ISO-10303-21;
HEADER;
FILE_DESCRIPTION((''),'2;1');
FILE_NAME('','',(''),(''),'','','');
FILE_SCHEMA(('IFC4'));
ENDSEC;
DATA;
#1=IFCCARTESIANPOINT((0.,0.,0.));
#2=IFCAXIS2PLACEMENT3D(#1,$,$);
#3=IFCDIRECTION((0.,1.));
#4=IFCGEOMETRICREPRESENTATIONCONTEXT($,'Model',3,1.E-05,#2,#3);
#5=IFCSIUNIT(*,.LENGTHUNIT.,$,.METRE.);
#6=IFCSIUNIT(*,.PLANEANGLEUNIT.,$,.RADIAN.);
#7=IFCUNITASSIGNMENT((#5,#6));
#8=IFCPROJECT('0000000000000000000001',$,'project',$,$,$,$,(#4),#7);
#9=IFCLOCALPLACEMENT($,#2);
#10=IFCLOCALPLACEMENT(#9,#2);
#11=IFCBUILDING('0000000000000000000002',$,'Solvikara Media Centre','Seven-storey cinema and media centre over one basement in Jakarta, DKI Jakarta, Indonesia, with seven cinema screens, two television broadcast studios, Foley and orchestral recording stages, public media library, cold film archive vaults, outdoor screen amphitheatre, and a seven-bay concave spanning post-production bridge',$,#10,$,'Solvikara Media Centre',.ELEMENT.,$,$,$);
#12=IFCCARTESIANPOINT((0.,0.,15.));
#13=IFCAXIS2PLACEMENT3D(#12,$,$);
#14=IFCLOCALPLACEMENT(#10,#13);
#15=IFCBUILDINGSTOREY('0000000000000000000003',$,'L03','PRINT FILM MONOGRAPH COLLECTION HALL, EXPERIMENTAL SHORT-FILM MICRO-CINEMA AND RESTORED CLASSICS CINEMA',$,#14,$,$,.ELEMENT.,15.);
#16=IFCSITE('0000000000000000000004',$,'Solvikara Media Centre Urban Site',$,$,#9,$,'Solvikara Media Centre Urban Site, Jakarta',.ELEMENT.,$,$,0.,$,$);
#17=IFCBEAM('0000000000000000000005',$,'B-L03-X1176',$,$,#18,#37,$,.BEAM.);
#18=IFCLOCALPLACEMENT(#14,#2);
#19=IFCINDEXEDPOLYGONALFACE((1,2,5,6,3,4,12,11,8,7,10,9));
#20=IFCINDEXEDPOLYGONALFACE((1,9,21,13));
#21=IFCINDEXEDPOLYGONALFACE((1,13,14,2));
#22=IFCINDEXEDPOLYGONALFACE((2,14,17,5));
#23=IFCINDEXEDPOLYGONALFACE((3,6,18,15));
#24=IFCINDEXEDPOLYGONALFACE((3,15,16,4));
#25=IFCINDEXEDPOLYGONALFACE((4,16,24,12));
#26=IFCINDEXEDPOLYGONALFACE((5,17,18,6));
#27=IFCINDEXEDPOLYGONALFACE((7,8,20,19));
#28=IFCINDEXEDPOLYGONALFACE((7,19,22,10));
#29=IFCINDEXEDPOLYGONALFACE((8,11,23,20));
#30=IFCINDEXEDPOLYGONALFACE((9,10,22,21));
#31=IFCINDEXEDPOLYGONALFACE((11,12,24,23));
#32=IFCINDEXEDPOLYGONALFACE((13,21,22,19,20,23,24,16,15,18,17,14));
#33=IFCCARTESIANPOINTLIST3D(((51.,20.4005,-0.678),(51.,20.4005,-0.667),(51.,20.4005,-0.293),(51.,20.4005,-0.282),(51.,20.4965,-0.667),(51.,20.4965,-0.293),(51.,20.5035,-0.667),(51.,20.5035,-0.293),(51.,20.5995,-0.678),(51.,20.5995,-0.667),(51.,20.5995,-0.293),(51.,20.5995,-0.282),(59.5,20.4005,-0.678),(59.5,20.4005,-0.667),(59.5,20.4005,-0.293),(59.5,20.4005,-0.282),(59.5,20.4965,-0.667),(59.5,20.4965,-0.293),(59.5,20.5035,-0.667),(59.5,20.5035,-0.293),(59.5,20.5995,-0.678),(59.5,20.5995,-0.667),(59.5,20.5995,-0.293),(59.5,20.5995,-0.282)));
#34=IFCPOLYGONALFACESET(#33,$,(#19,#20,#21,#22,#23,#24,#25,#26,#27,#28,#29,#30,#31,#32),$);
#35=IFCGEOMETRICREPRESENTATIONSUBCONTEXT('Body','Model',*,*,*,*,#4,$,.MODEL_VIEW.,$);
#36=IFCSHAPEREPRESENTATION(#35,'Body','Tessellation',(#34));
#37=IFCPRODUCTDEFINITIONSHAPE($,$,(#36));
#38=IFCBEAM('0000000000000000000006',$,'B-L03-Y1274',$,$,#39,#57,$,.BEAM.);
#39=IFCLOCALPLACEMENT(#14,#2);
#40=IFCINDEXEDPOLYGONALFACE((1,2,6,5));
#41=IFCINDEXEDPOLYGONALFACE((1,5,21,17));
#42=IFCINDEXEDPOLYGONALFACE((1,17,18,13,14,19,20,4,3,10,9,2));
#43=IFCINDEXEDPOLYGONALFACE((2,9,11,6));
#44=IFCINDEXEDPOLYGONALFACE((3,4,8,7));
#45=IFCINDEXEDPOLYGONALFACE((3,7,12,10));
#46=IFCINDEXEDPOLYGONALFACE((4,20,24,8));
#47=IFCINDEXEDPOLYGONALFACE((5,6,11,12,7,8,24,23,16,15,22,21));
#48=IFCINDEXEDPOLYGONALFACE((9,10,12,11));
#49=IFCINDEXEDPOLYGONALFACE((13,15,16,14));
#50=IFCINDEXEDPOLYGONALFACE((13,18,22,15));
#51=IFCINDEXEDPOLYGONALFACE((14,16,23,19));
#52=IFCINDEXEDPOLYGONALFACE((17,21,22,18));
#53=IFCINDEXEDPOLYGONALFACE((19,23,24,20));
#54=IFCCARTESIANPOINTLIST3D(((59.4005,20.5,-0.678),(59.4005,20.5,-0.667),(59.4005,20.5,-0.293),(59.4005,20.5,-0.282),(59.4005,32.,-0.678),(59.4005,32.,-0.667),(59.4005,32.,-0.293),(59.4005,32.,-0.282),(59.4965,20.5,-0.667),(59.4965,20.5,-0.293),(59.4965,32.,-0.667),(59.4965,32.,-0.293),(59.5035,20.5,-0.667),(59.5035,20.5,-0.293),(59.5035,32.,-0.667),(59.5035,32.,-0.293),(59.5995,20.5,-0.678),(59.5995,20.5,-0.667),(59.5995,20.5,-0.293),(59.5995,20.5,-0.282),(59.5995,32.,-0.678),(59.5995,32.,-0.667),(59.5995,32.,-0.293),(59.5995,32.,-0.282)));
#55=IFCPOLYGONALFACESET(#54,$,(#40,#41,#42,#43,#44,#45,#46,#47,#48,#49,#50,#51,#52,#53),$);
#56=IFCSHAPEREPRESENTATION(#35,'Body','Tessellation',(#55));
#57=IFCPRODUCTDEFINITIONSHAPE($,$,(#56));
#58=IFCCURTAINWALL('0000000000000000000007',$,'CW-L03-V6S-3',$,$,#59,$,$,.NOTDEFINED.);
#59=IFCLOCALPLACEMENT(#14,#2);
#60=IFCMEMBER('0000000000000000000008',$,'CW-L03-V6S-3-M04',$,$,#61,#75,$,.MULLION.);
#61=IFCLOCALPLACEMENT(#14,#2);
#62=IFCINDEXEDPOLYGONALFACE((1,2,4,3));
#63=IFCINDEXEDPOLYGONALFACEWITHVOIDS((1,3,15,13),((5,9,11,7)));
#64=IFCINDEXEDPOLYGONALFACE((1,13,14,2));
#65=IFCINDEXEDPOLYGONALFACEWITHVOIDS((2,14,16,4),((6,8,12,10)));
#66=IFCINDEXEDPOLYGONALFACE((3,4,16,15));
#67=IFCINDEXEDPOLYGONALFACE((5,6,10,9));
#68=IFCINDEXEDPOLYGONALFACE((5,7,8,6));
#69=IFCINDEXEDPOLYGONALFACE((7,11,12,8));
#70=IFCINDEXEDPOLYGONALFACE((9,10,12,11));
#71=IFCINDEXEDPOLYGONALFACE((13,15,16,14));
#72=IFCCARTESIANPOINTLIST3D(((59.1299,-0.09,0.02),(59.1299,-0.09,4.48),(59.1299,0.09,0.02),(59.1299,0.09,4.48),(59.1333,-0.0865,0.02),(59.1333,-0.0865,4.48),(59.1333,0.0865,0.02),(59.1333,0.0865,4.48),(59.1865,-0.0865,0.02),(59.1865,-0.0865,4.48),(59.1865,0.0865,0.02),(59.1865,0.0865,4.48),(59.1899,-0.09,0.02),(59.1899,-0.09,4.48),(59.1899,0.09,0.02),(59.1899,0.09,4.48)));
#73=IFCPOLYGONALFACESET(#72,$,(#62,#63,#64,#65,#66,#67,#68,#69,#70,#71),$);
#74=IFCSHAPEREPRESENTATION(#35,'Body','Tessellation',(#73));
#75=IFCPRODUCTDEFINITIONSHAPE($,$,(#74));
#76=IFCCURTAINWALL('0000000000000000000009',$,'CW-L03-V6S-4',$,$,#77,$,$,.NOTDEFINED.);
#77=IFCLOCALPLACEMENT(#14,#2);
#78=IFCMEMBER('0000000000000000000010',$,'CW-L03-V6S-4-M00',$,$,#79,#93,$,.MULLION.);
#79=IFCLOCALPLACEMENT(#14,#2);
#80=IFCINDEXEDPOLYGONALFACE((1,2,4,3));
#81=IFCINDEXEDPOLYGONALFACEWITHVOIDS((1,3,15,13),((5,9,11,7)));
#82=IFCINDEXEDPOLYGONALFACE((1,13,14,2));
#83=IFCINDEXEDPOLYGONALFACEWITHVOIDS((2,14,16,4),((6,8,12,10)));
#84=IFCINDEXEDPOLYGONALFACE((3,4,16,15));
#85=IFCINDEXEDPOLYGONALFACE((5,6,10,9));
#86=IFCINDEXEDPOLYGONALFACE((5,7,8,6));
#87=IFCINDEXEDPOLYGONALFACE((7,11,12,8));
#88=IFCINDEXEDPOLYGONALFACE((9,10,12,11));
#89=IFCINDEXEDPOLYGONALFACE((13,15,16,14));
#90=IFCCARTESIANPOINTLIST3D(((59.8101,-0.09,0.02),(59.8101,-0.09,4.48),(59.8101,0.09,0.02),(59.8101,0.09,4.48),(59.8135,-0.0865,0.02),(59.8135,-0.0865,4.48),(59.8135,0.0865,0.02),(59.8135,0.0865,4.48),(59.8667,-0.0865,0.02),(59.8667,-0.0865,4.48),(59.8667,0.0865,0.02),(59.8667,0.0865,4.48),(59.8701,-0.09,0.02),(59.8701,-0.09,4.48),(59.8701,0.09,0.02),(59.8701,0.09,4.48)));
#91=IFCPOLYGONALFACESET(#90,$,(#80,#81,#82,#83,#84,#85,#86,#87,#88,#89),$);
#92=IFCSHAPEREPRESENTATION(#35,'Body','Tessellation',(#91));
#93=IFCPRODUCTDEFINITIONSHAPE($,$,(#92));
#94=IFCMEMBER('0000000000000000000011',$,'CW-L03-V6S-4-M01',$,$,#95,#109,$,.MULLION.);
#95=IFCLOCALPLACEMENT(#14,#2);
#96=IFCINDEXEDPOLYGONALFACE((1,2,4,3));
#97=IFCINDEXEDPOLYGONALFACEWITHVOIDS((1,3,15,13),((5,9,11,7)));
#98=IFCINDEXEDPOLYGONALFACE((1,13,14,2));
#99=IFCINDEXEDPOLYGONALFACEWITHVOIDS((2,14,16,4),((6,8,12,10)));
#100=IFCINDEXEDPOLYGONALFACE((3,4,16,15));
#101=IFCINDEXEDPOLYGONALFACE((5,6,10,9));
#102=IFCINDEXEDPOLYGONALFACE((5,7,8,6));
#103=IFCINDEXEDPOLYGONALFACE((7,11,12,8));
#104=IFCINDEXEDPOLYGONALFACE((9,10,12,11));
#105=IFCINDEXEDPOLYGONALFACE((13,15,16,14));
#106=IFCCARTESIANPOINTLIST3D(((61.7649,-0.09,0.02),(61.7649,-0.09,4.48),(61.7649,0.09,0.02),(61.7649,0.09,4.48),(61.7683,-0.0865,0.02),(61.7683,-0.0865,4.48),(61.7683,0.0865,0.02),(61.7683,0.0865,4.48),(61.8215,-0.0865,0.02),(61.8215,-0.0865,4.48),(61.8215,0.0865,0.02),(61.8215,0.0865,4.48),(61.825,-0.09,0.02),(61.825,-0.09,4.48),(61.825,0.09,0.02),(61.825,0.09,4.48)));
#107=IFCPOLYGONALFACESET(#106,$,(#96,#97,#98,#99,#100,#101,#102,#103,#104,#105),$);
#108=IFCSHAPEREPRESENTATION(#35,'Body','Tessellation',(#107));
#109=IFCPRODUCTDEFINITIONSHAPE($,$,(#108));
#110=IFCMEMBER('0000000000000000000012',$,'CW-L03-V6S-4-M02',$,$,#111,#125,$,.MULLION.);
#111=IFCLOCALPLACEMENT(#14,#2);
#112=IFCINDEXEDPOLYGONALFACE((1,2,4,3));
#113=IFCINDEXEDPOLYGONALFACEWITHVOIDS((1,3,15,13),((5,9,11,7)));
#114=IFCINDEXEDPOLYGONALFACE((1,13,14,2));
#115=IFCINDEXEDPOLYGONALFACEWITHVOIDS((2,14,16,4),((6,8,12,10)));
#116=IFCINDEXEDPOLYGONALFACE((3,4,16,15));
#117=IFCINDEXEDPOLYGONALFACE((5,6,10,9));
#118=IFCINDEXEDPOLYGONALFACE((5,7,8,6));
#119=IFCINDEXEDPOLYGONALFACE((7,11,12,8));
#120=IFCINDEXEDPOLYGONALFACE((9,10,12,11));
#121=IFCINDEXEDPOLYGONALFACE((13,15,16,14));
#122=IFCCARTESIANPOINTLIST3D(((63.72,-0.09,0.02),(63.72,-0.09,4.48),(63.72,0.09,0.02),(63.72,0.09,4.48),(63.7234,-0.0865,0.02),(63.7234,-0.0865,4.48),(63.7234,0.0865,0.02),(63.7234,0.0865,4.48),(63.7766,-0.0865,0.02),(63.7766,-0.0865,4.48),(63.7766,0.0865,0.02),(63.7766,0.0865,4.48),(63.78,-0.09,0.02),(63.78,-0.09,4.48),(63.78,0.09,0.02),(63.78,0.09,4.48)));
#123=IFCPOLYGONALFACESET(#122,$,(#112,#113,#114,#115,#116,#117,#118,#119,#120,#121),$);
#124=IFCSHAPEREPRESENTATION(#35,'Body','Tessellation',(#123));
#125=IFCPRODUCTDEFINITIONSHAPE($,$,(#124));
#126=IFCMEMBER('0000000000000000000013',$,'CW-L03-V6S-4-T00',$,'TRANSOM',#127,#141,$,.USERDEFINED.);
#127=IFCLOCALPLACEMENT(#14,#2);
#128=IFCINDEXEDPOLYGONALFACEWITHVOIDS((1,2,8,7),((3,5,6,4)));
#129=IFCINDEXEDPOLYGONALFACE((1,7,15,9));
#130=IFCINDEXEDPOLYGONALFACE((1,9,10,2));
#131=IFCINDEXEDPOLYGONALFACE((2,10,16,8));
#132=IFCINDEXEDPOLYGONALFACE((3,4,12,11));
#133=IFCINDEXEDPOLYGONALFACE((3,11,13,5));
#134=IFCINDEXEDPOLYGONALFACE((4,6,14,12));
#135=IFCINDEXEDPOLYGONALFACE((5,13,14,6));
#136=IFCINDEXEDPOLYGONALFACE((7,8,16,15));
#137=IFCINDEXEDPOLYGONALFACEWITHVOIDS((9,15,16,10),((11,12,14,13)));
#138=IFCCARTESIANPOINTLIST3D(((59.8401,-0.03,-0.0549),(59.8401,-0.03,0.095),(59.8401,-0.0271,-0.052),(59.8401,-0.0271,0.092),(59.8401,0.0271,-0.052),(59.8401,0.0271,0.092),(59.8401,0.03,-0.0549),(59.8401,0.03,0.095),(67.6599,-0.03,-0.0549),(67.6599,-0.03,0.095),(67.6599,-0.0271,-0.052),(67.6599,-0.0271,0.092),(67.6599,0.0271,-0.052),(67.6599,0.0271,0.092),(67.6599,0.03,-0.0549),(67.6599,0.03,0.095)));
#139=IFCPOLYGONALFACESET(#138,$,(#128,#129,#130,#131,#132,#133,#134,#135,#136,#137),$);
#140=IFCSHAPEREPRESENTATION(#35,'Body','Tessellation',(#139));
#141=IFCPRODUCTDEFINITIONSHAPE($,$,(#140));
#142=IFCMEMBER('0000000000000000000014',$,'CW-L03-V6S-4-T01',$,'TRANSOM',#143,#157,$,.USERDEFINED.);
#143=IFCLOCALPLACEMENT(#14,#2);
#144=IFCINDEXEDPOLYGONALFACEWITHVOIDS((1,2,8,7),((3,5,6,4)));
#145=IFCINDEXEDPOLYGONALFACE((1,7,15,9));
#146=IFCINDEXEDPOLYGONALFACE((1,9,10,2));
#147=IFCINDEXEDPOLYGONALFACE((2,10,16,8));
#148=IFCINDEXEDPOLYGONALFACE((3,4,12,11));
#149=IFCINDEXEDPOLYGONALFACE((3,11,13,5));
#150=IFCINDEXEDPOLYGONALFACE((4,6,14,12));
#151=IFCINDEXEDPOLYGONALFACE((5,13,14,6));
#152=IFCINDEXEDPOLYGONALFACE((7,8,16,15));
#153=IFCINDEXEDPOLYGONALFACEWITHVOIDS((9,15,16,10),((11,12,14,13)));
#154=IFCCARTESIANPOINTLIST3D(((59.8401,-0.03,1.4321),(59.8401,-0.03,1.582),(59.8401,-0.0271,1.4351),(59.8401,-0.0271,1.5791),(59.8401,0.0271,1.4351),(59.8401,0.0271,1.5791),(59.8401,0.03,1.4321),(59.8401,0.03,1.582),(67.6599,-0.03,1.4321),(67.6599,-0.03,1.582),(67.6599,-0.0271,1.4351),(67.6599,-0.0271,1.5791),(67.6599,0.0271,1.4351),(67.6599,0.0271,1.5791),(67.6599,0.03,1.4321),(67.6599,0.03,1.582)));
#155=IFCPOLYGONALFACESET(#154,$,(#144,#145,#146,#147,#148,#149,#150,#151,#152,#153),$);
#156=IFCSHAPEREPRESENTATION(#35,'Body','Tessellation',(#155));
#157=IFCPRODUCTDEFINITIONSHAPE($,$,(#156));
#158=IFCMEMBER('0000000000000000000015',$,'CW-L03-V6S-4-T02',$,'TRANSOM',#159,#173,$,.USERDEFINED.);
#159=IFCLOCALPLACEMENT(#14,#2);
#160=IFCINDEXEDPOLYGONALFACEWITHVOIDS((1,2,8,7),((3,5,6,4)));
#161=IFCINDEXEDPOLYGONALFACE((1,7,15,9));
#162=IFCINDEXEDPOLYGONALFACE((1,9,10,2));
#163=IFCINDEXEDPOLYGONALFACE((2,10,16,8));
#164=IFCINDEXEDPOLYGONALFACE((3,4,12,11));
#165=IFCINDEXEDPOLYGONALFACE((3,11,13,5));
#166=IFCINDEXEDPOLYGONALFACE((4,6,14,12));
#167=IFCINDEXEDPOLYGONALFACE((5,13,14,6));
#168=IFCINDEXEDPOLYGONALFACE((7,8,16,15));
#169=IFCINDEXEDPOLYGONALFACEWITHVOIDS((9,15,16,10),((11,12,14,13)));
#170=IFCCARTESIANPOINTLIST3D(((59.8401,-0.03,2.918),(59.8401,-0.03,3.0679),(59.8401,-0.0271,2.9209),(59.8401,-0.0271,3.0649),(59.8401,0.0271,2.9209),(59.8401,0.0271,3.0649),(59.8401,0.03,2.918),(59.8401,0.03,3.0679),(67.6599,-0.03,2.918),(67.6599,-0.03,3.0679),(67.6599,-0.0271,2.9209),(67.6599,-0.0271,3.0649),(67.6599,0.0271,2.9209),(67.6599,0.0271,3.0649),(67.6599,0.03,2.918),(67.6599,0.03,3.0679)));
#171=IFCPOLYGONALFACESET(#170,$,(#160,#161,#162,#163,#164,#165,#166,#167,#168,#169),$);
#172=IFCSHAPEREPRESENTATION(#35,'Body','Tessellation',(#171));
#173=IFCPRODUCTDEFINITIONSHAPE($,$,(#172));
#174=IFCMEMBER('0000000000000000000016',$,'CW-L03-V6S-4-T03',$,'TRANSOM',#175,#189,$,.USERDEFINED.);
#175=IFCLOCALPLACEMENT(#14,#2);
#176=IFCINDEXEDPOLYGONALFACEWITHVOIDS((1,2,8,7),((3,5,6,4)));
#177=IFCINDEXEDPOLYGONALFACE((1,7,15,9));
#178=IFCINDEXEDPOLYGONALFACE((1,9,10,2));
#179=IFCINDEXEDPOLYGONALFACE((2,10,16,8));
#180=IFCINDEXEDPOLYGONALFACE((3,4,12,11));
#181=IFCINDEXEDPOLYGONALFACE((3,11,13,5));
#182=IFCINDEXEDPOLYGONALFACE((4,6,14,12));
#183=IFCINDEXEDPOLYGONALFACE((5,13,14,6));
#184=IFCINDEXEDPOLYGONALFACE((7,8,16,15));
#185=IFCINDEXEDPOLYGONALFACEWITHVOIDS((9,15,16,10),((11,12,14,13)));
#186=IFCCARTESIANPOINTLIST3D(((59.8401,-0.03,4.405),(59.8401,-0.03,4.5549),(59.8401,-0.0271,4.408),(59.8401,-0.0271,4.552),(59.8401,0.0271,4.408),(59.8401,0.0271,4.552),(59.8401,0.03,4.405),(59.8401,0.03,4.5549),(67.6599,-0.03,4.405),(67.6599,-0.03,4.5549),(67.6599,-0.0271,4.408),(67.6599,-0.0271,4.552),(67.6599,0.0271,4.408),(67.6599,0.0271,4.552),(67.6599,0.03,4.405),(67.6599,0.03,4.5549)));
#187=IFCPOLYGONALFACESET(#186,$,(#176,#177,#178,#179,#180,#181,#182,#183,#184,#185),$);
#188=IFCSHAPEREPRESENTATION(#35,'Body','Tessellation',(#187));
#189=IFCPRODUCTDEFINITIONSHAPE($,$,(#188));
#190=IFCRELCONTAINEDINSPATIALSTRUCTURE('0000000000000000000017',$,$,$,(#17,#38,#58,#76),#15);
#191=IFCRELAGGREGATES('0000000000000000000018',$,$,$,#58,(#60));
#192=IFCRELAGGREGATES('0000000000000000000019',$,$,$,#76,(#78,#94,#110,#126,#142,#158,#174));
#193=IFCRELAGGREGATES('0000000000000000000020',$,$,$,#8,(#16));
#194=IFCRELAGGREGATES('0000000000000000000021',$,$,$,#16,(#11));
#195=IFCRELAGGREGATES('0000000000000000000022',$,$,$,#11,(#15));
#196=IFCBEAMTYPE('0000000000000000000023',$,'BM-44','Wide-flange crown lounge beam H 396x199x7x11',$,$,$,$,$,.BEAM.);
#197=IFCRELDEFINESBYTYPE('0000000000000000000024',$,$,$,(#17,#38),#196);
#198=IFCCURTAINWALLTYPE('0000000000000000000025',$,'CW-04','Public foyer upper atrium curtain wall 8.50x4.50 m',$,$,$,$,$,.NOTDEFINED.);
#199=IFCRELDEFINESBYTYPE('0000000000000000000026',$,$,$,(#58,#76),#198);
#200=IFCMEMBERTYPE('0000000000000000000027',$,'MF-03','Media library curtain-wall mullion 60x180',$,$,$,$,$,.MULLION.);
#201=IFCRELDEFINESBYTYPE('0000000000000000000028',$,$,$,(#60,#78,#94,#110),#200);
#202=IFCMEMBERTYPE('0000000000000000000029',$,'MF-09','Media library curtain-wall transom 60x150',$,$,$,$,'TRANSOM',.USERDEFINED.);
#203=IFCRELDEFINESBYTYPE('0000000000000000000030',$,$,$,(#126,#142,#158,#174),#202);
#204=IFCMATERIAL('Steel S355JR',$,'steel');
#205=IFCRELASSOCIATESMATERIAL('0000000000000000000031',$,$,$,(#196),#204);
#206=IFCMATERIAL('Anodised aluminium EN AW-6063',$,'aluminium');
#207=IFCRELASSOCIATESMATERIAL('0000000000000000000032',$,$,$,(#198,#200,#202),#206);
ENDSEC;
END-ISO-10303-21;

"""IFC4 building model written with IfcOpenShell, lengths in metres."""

from ifc_helpers import new_model, si_unit, direction, frame, origin, origin_2d, place, context, subcontext, project, spatial, hollow_rectangle, i_section, extrude, material, material_profile, profile_set, type_object, element, aggregate, save


model = new_model("IFC4")

# Units and contexts
model_context = context("Model", 3, precision=1e-05, world=origin(), true_north=direction((0.0, 1.0)))
body_context = subcontext(model_context, "Body", "Model", "MODEL_VIEW")
ifc_project = project(units=[si_unit("LENGTHUNIT", "METRE"), si_unit("PLANEANGLEUNIT", "RADIAN")], contexts=[model_context])

# Site, building, storey
site_placement = place(None, origin())
site = spatial("IfcSite", under=ifc_project, at=site_placement, Name="Solvikara Media Centre Urban Site", LongName="Solvikara Media Centre Urban Site, Jakarta", CompositionType="ELEMENT", RefElevation=0.0)
building_placement = place(site_placement, origin())
building = spatial("IfcBuilding", under=site, at=building_placement, Name="Solvikara Media Centre", Description="Seven-storey cinema and media centre over one basement in Jakarta, DKI Jakarta, Indonesia, with seven cinema screens, two television broadcast studios, Foley and orchestral recording stages, public media library, cold film archive vaults, outdoor screen amphitheatre, and a seven-bay concave spanning post-production bridge", LongName="Solvikara Media Centre", CompositionType="ELEMENT")
storey_placement = place(building_placement, frame((0.0, 0.0, 15.0)))
storey = spatial("IfcBuildingStorey", under=building, at=storey_placement, Name="L03", Description="PRINT FILM MONOGRAPH COLLECTION HALL, EXPERIMENTAL SHORT-FILM MICRO-CINEMA AND RESTORED CLASSICS CINEMA", CompositionType="ELEMENT", Elevation=15.0)

# Beams
ifc_material_1 = material(Name="Steel S355JR", Category="steel")
ifc_material_profile_1 = material_profile(ifc_material_1, i_section(OverallWidth=0.199, OverallDepth=0.396, WebThickness=0.0071, FlangeThickness=0.011, at=origin_2d()), Name="H 396x199x7x11")
ifc_profile_set_1 = profile_set([ifc_material_profile_1], Name="Steel S355JR")
beam_type_1 = type_object("IfcBeamType", Name="BM-44", Description="Wide-flange crown lounge beam H 396x199x7x11", PredefinedType="BEAM", material=ifc_profile_set_1)
beam_1_placement = place(storey_placement, frame((51.0, 20.5, -0.48), z_axis=(1.0, 0.0, 0.0), x_axis=(0.0, 1.0, 0.0)))
element("IfcBeam", 1, at=beam_1_placement, inside=storey, type_object=beam_type_1, Name="B-L03-X1176", PredefinedType="BEAM", context=body_context, shape_type="SweptSolid", body=[
    extrude(i_section(OverallWidth=0.199, OverallDepth=0.396, WebThickness=0.0071, FlangeThickness=0.011, at=origin_2d()), origin(), (0.0, 0.0, 1.0), 8.5),
])
beam_2_placement = place(storey_placement, frame((59.5, 20.5, -0.48), z_axis=(0.0, 1.0, 0.0), x_axis=(-1.0, 0.0, 0.0)))
element("IfcBeam", 2, at=beam_2_placement, inside=storey, type_object=beam_type_1, Name="B-L03-Y1274", PredefinedType="BEAM", context=body_context, shape_type="SweptSolid", body=[
    extrude(i_section(OverallWidth=0.199, OverallDepth=0.396, WebThickness=0.0071, FlangeThickness=0.011, at=origin_2d()), origin(), (0.0, 0.0, 1.0), 11.5),
])

# Curtain wall, member
ifc_material_2 = material(Name="Anodised aluminium EN AW-6063", Category="aluminium")
curtain_wall_type = type_object("IfcCurtainWallType", Name="CW-04", Description="Public foyer upper atrium curtain wall 8.50x4.50 m", PredefinedType="NOTDEFINED", material=ifc_material_2)
curtain_wall_1_placement = place(storey_placement, origin())
curtain_wall_1 = element("IfcCurtainWall", 3, at=curtain_wall_1_placement, inside=storey, type_object=curtain_wall_type, Name="CW-L03-V6S-3", PredefinedType="NOTDEFINED")
ifc_material_profile_2 = material_profile(ifc_material_2, hollow_rectangle(XDim=0.0601, YDim=0.1799, WallThickness=0.0034, at=origin_2d()), Name="ALU-M 60x180x3.5")
ifc_profile_set_2 = profile_set([ifc_material_profile_2], Name="Anodised aluminium EN AW-6063")
member_type_1 = type_object("IfcMemberType", Name="MF-03", Description="Media library curtain-wall mullion 60x180", PredefinedType="MULLION", material=ifc_profile_set_2)
member_1_placement = place(storey_placement, frame((59.1599, 0.0, 0.02), z_axis=(0.0, 0.0, 1.0), x_axis=(1.0, 0.0, 0.0)))
member_1 = element("IfcMember", 4, at=member_1_placement, type_object=member_type_1, Name="CW-L03-V6S-3-M04", PredefinedType="MULLION", context=body_context, shape_type="SweptSolid", body=[
    extrude(hollow_rectangle(XDim=0.0601, YDim=0.1799, WallThickness=0.0034, at=origin_2d()), origin(), (0.0, 0.0, 1.0), 4.46),
])

# Curtain wall, members
curtain_wall_2_placement = place(storey_placement, origin())
curtain_wall_2 = element("IfcCurtainWall", 5, at=curtain_wall_2_placement, inside=storey, type_object=curtain_wall_type, Name="CW-L03-V6S-4", PredefinedType="NOTDEFINED")
member_2_placement = place(storey_placement, frame((59.8401, 0.0, 0.02), z_axis=(0.0, 0.0, 1.0), x_axis=(1.0, 0.0, 0.0)))
member_2 = element("IfcMember", 6, at=member_2_placement, type_object=member_type_1, Name="CW-L03-V6S-4-M00", PredefinedType="MULLION", context=body_context, shape_type="SweptSolid", body=[
    extrude(hollow_rectangle(XDim=0.0601, YDim=0.1799, WallThickness=0.0034, at=origin_2d()), origin(), (0.0, 0.0, 1.0), 4.46),
])
member_3_placement = place(storey_placement, frame((61.7949, 0.0, 0.02), z_axis=(0.0, 0.0, 1.0), x_axis=(1.0, 0.0, 0.0)))
member_3 = element("IfcMember", 7, at=member_3_placement, type_object=member_type_1, Name="CW-L03-V6S-4-M01", PredefinedType="MULLION", context=body_context, shape_type="SweptSolid", body=[
    extrude(hollow_rectangle(XDim=0.0601, YDim=0.1799, WallThickness=0.0034, at=origin_2d()), origin(), (0.0, 0.0, 1.0), 4.46),
])
member_4_placement = place(storey_placement, frame((63.75, 0.0, 0.02), z_axis=(0.0, 0.0, 1.0), x_axis=(1.0, 0.0, 0.0)))
member_4 = element("IfcMember", 8, at=member_4_placement, type_object=member_type_1, Name="CW-L03-V6S-4-M02", PredefinedType="MULLION", context=body_context, shape_type="SweptSolid", body=[
    extrude(hollow_rectangle(XDim=0.0601, YDim=0.1799, WallThickness=0.0034, at=origin_2d()), origin(), (0.0, 0.0, 1.0), 4.46),
])
ifc_material_profile_3 = material_profile(ifc_material_2, hollow_rectangle(XDim=0.0601, YDim=0.1499, WallThickness=0.0029, at=origin_2d()), Name="ALU-T 60x150x3")
ifc_profile_set_3 = profile_set([ifc_material_profile_3], Name="Anodised aluminium EN AW-6063")
member_type_2 = type_object("IfcMemberType", Name="MF-09", Description="Media library curtain-wall transom 60x150", ElementType="TRANSOM", PredefinedType="USERDEFINED", material=ifc_profile_set_3)
member_5_placement = place(storey_placement, frame((59.8401, 0.0, 0.02), z_axis=(1.0, 0.0, 0.0), x_axis=(0.0, 1.0, 0.0)))
member_5 = element("IfcMember", 9, at=member_5_placement, type_object=member_type_2, Name="CW-L03-V6S-4-T00", ObjectType="TRANSOM", PredefinedType="USERDEFINED", context=body_context, shape_type="SweptSolid", body=[
    extrude(hollow_rectangle(XDim=0.0601, YDim=0.1499, WallThickness=0.0029, at=origin_2d()), origin(), (0.0, 0.0, 1.0), 7.8198),
])
member_6_placement = place(storey_placement, frame((59.8401, 0.0, 1.5071), z_axis=(1.0, 0.0, 0.0), x_axis=(0.0, 1.0, 0.0)))
member_6 = element("IfcMember", 10, at=member_6_placement, type_object=member_type_2, Name="CW-L03-V6S-4-T01", ObjectType="TRANSOM", PredefinedType="USERDEFINED", context=body_context, shape_type="SweptSolid", body=[
    extrude(hollow_rectangle(XDim=0.0601, YDim=0.1499, WallThickness=0.0029, at=origin_2d()), origin(), (0.0, 0.0, 1.0), 7.8198),
])
member_7_placement = place(storey_placement, frame((59.8401, 0.0, 2.9929), z_axis=(1.0, 0.0, 0.0), x_axis=(0.0, 1.0, 0.0)))
member_7 = element("IfcMember", 11, at=member_7_placement, type_object=member_type_2, Name="CW-L03-V6S-4-T02", ObjectType="TRANSOM", PredefinedType="USERDEFINED", context=body_context, shape_type="SweptSolid", body=[
    extrude(hollow_rectangle(XDim=0.0601, YDim=0.1499, WallThickness=0.0029, at=origin_2d()), origin(), (0.0, 0.0, 1.0), 7.8198),
])
member_8_placement = place(storey_placement, frame((59.8401, 0.0, 4.48), z_axis=(1.0, 0.0, 0.0), x_axis=(0.0, 1.0, 0.0)))
member_8 = element("IfcMember", 12, at=member_8_placement, type_object=member_type_2, Name="CW-L03-V6S-4-T03", ObjectType="TRANSOM", PredefinedType="USERDEFINED", context=body_context, shape_type="SweptSolid", body=[
    extrude(hollow_rectangle(XDim=0.0601, YDim=0.1499, WallThickness=0.0029, at=origin_2d()), origin(), (0.0, 0.0, 1.0), 7.8198),
])

aggregate(curtain_wall_1, [member_1])
aggregate(curtain_wall_2, [member_2, member_3, member_4, member_5, member_6, member_7, member_8])

save(model, "model.ifc")
